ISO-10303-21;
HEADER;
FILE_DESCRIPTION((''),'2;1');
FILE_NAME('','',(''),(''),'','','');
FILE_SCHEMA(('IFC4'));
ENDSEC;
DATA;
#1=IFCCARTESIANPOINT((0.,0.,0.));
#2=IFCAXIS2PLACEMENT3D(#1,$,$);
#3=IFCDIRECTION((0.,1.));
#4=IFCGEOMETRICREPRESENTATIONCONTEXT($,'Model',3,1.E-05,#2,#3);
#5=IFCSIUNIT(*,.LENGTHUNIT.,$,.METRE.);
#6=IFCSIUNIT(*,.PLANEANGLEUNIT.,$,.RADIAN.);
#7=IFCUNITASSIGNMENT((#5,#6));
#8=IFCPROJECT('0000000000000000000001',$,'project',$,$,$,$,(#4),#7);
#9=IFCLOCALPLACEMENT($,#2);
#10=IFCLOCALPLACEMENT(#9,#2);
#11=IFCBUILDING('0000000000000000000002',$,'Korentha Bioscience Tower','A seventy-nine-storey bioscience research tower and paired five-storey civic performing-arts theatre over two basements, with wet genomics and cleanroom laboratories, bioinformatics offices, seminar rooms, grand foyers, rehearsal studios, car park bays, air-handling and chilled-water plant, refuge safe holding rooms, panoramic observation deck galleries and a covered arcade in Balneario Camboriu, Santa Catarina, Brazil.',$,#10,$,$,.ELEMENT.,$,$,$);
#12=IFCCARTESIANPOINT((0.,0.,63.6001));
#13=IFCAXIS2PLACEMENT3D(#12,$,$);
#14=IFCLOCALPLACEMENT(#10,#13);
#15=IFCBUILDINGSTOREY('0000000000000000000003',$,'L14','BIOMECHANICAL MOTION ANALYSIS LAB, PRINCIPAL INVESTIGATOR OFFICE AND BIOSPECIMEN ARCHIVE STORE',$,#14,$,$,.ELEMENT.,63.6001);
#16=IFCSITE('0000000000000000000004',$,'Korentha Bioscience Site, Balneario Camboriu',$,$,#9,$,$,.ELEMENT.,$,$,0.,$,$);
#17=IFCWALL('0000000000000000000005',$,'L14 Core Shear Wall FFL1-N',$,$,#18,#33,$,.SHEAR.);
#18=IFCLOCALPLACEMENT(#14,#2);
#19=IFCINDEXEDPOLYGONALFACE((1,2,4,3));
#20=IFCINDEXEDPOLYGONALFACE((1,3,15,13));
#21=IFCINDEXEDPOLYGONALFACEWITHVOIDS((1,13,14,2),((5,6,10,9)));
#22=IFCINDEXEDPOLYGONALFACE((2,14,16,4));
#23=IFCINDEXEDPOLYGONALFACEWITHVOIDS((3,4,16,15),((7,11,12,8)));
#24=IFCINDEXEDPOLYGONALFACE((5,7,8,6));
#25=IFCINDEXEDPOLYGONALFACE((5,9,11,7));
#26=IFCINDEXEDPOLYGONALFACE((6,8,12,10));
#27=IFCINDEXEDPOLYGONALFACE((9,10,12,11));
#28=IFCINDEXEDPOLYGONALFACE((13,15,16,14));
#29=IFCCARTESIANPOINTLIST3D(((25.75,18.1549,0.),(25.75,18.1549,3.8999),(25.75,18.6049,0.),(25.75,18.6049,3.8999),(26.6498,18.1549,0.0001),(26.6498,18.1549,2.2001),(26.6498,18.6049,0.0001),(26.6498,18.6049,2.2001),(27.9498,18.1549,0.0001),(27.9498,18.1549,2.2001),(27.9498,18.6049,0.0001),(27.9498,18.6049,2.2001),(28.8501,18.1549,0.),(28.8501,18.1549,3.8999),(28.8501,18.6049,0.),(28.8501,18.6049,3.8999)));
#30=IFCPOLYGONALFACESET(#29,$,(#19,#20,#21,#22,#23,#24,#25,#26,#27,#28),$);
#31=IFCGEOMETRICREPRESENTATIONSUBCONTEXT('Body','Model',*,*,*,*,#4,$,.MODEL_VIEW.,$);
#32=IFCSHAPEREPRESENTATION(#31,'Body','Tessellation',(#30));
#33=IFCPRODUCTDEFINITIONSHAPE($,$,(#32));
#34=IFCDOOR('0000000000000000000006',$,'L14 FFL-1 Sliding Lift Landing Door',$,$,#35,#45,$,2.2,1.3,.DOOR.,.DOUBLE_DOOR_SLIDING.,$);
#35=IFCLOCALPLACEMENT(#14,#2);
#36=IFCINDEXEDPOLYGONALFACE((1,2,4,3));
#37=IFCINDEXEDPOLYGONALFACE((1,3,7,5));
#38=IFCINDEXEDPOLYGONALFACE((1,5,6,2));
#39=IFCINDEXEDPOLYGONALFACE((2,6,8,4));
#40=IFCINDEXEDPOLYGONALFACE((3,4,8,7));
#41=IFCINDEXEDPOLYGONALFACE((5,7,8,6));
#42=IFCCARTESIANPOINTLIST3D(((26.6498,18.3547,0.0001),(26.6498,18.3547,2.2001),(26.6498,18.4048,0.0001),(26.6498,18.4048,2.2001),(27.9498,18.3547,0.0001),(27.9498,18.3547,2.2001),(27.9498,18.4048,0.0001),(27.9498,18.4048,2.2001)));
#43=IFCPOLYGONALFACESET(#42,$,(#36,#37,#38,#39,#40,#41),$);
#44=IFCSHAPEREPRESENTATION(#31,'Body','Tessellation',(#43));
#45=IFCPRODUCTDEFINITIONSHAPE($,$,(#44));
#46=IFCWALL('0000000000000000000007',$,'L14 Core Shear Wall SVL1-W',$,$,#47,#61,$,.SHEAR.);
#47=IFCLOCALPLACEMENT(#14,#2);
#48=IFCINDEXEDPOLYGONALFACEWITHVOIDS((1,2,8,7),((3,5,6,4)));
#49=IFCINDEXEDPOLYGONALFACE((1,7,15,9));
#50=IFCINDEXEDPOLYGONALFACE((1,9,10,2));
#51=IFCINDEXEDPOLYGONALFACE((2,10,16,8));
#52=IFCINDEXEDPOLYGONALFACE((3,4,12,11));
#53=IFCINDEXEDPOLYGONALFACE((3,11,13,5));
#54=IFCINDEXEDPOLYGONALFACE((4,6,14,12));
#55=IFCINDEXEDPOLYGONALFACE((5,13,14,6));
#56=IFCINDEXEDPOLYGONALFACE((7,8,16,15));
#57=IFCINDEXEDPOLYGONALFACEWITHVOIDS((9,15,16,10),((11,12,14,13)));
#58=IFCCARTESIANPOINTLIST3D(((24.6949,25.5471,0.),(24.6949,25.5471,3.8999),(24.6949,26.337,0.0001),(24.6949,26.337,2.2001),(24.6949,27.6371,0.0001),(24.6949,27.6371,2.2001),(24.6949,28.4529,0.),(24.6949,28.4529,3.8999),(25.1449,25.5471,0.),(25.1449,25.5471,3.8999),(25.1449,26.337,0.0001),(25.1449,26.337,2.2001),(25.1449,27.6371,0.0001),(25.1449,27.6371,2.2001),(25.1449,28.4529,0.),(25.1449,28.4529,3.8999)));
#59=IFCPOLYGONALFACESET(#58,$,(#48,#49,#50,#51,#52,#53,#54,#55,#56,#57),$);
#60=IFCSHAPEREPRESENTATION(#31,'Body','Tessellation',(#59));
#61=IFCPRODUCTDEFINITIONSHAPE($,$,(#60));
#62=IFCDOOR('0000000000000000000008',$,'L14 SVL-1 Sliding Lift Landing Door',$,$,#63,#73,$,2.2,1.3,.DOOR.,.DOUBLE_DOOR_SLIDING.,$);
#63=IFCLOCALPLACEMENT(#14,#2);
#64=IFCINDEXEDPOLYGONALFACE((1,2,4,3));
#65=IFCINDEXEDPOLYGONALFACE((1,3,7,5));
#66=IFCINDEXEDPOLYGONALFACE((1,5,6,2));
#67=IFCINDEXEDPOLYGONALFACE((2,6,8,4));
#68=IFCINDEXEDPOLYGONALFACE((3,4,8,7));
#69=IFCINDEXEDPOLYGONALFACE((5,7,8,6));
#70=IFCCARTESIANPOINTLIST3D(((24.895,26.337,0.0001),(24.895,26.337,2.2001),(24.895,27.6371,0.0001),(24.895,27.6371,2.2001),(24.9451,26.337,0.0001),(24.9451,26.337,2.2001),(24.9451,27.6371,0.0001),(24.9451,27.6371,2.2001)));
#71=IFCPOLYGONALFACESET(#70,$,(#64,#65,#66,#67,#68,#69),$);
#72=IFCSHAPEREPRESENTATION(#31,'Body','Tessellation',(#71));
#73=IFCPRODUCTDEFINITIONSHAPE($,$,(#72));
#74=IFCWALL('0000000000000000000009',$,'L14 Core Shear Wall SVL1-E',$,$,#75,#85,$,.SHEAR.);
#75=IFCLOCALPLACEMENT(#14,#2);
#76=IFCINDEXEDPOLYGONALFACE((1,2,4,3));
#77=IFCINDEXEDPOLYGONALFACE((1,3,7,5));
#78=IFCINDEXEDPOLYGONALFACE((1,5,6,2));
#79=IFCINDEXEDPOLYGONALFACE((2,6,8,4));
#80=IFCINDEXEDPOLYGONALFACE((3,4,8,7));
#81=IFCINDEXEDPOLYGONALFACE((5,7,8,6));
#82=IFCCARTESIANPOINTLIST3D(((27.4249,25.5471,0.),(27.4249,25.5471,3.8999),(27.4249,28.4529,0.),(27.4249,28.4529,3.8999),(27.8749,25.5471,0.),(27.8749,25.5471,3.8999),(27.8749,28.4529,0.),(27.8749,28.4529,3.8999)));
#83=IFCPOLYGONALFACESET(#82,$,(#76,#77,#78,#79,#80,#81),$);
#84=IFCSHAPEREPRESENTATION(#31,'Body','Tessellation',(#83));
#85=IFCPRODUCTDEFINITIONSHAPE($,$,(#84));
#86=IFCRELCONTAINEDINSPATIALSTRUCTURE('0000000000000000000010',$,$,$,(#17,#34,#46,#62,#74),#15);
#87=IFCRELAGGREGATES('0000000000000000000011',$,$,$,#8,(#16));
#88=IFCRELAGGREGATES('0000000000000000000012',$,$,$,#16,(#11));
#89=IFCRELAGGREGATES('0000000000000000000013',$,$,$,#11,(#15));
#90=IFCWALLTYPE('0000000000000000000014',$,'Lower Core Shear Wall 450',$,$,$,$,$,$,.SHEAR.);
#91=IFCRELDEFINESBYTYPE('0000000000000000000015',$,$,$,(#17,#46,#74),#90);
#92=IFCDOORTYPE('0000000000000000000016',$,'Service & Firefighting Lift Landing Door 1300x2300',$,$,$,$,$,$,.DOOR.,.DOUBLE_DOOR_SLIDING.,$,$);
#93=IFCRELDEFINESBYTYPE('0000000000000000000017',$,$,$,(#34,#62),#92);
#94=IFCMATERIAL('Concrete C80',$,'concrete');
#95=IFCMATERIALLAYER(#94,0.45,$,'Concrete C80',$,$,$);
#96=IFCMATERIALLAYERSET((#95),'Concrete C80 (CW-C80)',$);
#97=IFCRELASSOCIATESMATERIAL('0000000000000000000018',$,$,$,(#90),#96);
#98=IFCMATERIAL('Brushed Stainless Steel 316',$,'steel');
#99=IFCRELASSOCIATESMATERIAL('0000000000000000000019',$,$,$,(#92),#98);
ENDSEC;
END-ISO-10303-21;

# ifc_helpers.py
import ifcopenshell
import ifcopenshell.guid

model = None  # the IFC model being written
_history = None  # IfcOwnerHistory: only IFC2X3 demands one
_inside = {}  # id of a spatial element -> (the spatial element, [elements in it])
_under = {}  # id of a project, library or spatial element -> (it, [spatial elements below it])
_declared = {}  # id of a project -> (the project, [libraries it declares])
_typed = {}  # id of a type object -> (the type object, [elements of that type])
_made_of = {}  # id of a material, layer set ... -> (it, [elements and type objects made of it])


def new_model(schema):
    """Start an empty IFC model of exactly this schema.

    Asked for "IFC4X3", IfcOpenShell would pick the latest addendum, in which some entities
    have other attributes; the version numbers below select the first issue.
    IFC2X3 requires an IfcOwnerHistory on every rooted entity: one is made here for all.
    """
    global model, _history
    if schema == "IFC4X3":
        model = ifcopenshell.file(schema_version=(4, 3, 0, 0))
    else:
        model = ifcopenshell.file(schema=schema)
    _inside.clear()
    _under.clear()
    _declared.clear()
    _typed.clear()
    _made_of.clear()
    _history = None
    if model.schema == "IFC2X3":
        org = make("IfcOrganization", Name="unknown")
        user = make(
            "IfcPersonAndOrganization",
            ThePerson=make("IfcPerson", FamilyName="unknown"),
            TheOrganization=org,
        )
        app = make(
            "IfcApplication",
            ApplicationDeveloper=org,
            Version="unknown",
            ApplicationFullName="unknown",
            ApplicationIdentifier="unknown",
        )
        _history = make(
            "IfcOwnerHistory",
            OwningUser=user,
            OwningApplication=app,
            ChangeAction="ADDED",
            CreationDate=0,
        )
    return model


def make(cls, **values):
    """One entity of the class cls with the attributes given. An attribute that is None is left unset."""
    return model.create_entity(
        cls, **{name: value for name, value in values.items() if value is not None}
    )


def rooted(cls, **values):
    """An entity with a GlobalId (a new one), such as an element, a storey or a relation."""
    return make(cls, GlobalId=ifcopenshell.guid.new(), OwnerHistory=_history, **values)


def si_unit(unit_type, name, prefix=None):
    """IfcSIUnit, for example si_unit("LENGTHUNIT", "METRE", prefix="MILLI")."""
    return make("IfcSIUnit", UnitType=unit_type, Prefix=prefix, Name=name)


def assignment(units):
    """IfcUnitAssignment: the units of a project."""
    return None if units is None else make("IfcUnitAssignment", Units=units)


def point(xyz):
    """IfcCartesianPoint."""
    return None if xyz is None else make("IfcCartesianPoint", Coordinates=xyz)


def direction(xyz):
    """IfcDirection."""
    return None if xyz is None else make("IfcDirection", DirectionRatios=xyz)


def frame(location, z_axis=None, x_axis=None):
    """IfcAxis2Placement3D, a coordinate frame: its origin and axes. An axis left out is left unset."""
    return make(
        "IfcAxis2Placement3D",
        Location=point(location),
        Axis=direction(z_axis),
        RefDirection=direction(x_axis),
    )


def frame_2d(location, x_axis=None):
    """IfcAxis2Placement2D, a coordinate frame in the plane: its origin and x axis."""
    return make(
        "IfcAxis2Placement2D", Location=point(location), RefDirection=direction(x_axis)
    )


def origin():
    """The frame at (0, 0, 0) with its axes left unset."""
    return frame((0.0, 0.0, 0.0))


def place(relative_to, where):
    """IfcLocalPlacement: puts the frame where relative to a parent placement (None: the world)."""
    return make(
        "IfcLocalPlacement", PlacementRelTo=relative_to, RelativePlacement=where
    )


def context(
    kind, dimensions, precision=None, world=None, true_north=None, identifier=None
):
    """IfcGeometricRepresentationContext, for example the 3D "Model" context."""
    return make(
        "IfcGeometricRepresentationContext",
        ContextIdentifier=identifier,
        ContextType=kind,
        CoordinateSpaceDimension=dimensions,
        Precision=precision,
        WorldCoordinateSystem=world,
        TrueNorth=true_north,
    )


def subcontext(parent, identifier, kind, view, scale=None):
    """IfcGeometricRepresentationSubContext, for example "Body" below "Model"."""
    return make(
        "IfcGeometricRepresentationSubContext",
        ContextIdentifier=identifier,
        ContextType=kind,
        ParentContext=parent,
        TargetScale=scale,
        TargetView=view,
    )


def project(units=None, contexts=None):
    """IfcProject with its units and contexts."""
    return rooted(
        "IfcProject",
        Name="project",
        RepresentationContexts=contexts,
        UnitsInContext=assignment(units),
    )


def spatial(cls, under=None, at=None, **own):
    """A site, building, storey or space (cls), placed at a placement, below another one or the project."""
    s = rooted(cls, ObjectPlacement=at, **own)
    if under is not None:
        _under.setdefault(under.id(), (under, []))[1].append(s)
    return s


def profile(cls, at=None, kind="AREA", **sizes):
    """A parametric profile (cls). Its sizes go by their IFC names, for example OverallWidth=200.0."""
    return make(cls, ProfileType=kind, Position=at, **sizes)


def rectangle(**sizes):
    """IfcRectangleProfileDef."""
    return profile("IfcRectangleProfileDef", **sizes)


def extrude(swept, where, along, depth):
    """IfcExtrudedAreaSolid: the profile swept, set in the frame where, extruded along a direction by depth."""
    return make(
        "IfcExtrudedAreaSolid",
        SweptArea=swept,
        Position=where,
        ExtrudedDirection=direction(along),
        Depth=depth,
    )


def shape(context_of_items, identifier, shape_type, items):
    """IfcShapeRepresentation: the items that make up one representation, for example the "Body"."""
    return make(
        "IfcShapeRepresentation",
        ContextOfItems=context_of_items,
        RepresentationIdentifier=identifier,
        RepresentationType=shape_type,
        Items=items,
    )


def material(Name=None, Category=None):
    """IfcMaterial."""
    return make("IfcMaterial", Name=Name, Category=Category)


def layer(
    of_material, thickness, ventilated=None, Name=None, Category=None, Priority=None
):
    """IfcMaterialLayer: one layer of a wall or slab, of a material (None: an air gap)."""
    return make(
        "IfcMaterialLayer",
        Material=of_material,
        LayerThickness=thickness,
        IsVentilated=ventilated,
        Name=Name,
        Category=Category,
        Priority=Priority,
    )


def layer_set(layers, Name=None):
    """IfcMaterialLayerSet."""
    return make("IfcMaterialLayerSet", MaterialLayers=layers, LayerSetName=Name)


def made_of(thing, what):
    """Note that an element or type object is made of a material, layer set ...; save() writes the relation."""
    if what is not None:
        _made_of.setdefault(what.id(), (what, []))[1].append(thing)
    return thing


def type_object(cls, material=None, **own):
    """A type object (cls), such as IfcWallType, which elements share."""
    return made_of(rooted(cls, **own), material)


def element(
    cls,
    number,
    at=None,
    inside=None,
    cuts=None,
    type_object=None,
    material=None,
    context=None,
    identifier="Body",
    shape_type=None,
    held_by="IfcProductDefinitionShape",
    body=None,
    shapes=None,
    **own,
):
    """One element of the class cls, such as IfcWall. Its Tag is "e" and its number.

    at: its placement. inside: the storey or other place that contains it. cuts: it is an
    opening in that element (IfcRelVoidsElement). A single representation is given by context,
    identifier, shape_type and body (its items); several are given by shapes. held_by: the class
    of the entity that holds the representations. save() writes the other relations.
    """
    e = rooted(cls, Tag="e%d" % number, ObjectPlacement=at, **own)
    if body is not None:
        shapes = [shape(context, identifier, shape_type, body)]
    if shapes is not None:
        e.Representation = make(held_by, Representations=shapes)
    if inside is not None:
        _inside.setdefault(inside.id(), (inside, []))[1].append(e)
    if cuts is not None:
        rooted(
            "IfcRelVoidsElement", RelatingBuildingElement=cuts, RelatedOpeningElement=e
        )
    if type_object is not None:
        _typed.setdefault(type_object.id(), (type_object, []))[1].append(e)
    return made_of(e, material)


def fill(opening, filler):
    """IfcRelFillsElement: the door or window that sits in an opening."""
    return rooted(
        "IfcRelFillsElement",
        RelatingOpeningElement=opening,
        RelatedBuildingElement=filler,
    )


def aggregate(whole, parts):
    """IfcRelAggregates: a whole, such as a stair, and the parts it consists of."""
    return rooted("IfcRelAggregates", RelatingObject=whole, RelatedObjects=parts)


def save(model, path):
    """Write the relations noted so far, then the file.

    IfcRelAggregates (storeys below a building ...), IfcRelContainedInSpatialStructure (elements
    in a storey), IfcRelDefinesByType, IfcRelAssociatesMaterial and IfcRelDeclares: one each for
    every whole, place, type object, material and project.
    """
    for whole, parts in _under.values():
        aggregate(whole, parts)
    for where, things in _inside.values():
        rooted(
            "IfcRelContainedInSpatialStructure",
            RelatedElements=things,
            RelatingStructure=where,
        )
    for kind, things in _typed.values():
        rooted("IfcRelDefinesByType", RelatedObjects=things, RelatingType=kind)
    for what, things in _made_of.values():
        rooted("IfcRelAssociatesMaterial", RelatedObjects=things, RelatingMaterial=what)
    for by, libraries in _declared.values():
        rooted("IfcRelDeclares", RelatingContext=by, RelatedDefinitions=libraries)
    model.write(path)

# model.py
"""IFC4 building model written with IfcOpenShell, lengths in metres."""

from ifc_helpers import new_model, si_unit, direction, frame, frame_2d, origin, place, context, subcontext, project, spatial, rectangle, extrude, material, layer, layer_set, type_object, element, fill, save


model = new_model("IFC4")

# Units and contexts
model_context = context("Model", 3, precision=1e-05, world=origin(), true_north=direction((0.0, 1.0)))
body_context = subcontext(model_context, "Body", "Model", "MODEL_VIEW")
ifc_project = project(units=[si_unit("LENGTHUNIT", "METRE"), si_unit("PLANEANGLEUNIT", "RADIAN")], contexts=[model_context])

# Site, building, storey
site_placement = place(None, origin())
site = spatial("IfcSite", under=ifc_project, at=site_placement, Name="Korentha Bioscience Site, Balneario Camboriu", CompositionType="ELEMENT", RefElevation=0.0)
building_placement = place(site_placement, origin())
building = spatial("IfcBuilding", under=site, at=building_placement, Name="Korentha Bioscience Tower", Description="A seventy-nine-storey bioscience research tower and paired five-storey civic performing-arts theatre over two basements, with wet genomics and cleanroom laboratories, bioinformatics offices, seminar rooms, grand foyers, rehearsal studios, car park bays, air-handling and chilled-water plant, refuge safe holding rooms, panoramic observation deck galleries and a covered arcade in Balneario Camboriu, Santa Catarina, Brazil.", CompositionType="ELEMENT")
storey_placement = place(building_placement, frame((0.0, 0.0, 63.6001)))
storey = spatial("IfcBuildingStorey", under=building, at=storey_placement, Name="L14", Description="BIOMECHANICAL MOTION ANALYSIS LAB, PRINCIPAL INVESTIGATOR OFFICE AND BIOSPECIMEN ARCHIVE STORE", CompositionType="ELEMENT", Elevation=63.6001)

# Shared definitions
ifc_material_1 = material(Name="Concrete C80", Category="concrete")
ifc_layer_1 = layer(ifc_material_1, 0.45, Name="Concrete C80")
ifc_layer_set_1 = layer_set([ifc_layer_1], Name="Concrete C80 (CW-C80)")
wall_type_1 = type_object("IfcWallType", Name="Lower Core Shear Wall 450", PredefinedType="SHEAR", material=ifc_layer_set_1)

# Walls, openings, doors
wall_1_placement = place(storey_placement, frame((25.75, 18.3799, 0.0), z_axis=(0.0, 0.0, 1.0), x_axis=(1.0, 0.0, 0.0)))
wall_1 = element("IfcWall", 1, at=wall_1_placement, inside=storey, type_object=wall_type_1, Name="L14 Core Shear Wall FFL1-N", PredefinedType="SHEAR", context=body_context, shape_type="SweptSolid", body=[
    extrude(rectangle(XDim=3.1001, YDim=0.45, at=frame_2d((1.55, 0.0))), origin(), (0.0, 0.0, 1.0), 3.8999),
])
opening_1_placement = place(wall_1_placement, frame((0.8999, 0.0, 0.0)))
opening_1 = element("IfcOpeningElement", 2, at=opening_1_placement, cuts=wall_1, PredefinedType="OPENING", context=body_context, shape_type="SweptSolid", body=[
    extrude(rectangle(XDim=1.3, YDim=2.2, at=frame_2d((0.6499, 1.1001))), frame((0.0, 0.2397, 0.0), z_axis=(0.0, -1.0, 0.0), x_axis=(1.0, 0.0, 0.0)), (0.0, 0.0, 1.0), 0.4797),
])
ifc_material_2 = material(Name="Brushed Stainless Steel 316", Category="steel")
door_type_1 = type_object("IfcDoorType", Name="Service & Firefighting Lift Landing Door 1300x2300", OperationType="DOUBLE_DOOR_SLIDING", PredefinedType="DOOR", material=ifc_material_2)
door_1_placement = place(opening_1_placement, origin())
door_1 = element("IfcDoor", 3, at=door_1_placement, inside=storey, type_object=door_type_1, Name="L14 FFL-1 Sliding Lift Landing Door", OperationType="DOUBLE_DOOR_SLIDING", OverallHeight=2.2, OverallWidth=1.3, PredefinedType="DOOR", context=body_context, shape_type="SweptSolid", body=[
    extrude(rectangle(XDim=1.3, YDim=2.2, at=frame_2d((0.6499, 1.1001))), frame((0.0, 0.0249, 0.0), z_axis=(0.0, -1.0, 0.0), x_axis=(1.0, 0.0, 0.0)), (0.0, 0.0, 1.0), 0.05),
])
fill(opening_1, door_1)
wall_2_placement = place(storey_placement, frame((24.9199, 25.5471, 0.0), z_axis=(0.0, 0.0, 1.0), x_axis=(0.0, 1.0, 0.0)))
wall_2 = element("IfcWall", 4, at=wall_2_placement, inside=storey, type_object=wall_type_1, Name="L14 Core Shear Wall SVL1-W", PredefinedType="SHEAR", context=body_context, shape_type="SweptSolid", body=[
    extrude(rectangle(XDim=2.9058, YDim=0.45, at=frame_2d((1.4529, 0.0))), origin(), (0.0, 0.0, 1.0), 3.8999),
])
opening_2_placement = place(wall_2_placement, frame((0.79, 0.0, 0.0)))
opening_2 = element("IfcOpeningElement", 5, at=opening_2_placement, cuts=wall_2, PredefinedType="OPENING", context=body_context, shape_type="SweptSolid", body=[
    extrude(rectangle(XDim=1.3, YDim=2.2, at=frame_2d((0.6499, 1.1001))), frame((0.0, 0.2397, 0.0), z_axis=(0.0, -1.0, 0.0), x_axis=(1.0, 0.0, 0.0)), (0.0, 0.0, 1.0), 0.4797),
])
door_2_placement = place(opening_2_placement, origin())
door_2 = element("IfcDoor", 6, at=door_2_placement, inside=storey, type_object=door_type_1, Name="L14 SVL-1 Sliding Lift Landing Door", OperationType="DOUBLE_DOOR_SLIDING", OverallHeight=2.2, OverallWidth=1.3, PredefinedType="DOOR", context=body_context, shape_type="SweptSolid", body=[
    extrude(rectangle(XDim=1.3, YDim=2.2, at=frame_2d((0.6499, 1.1001))), frame((0.0, 0.0249, 0.0), z_axis=(0.0, -1.0, 0.0), x_axis=(1.0, 0.0, 0.0)), (0.0, 0.0, 1.0), 0.05),
])
fill(opening_2, door_2)

# Wall
wall_3_placement = place(storey_placement, frame((27.6499, 25.5471, 0.0), z_axis=(0.0, 0.0, 1.0), x_axis=(0.0, 1.0, 0.0)))
element("IfcWall", 7, at=wall_3_placement, inside=storey, type_object=wall_type_1, Name="L14 Core Shear Wall SVL1-E", PredefinedType="SHEAR", context=body_context, shape_type="SweptSolid", body=[
    extrude(rectangle(XDim=2.9058, YDim=0.45, at=frame_2d((1.4529, 0.0))), origin(), (0.0, 0.0, 1.0), 3.8999),
])

save(model, "model.ifc")
